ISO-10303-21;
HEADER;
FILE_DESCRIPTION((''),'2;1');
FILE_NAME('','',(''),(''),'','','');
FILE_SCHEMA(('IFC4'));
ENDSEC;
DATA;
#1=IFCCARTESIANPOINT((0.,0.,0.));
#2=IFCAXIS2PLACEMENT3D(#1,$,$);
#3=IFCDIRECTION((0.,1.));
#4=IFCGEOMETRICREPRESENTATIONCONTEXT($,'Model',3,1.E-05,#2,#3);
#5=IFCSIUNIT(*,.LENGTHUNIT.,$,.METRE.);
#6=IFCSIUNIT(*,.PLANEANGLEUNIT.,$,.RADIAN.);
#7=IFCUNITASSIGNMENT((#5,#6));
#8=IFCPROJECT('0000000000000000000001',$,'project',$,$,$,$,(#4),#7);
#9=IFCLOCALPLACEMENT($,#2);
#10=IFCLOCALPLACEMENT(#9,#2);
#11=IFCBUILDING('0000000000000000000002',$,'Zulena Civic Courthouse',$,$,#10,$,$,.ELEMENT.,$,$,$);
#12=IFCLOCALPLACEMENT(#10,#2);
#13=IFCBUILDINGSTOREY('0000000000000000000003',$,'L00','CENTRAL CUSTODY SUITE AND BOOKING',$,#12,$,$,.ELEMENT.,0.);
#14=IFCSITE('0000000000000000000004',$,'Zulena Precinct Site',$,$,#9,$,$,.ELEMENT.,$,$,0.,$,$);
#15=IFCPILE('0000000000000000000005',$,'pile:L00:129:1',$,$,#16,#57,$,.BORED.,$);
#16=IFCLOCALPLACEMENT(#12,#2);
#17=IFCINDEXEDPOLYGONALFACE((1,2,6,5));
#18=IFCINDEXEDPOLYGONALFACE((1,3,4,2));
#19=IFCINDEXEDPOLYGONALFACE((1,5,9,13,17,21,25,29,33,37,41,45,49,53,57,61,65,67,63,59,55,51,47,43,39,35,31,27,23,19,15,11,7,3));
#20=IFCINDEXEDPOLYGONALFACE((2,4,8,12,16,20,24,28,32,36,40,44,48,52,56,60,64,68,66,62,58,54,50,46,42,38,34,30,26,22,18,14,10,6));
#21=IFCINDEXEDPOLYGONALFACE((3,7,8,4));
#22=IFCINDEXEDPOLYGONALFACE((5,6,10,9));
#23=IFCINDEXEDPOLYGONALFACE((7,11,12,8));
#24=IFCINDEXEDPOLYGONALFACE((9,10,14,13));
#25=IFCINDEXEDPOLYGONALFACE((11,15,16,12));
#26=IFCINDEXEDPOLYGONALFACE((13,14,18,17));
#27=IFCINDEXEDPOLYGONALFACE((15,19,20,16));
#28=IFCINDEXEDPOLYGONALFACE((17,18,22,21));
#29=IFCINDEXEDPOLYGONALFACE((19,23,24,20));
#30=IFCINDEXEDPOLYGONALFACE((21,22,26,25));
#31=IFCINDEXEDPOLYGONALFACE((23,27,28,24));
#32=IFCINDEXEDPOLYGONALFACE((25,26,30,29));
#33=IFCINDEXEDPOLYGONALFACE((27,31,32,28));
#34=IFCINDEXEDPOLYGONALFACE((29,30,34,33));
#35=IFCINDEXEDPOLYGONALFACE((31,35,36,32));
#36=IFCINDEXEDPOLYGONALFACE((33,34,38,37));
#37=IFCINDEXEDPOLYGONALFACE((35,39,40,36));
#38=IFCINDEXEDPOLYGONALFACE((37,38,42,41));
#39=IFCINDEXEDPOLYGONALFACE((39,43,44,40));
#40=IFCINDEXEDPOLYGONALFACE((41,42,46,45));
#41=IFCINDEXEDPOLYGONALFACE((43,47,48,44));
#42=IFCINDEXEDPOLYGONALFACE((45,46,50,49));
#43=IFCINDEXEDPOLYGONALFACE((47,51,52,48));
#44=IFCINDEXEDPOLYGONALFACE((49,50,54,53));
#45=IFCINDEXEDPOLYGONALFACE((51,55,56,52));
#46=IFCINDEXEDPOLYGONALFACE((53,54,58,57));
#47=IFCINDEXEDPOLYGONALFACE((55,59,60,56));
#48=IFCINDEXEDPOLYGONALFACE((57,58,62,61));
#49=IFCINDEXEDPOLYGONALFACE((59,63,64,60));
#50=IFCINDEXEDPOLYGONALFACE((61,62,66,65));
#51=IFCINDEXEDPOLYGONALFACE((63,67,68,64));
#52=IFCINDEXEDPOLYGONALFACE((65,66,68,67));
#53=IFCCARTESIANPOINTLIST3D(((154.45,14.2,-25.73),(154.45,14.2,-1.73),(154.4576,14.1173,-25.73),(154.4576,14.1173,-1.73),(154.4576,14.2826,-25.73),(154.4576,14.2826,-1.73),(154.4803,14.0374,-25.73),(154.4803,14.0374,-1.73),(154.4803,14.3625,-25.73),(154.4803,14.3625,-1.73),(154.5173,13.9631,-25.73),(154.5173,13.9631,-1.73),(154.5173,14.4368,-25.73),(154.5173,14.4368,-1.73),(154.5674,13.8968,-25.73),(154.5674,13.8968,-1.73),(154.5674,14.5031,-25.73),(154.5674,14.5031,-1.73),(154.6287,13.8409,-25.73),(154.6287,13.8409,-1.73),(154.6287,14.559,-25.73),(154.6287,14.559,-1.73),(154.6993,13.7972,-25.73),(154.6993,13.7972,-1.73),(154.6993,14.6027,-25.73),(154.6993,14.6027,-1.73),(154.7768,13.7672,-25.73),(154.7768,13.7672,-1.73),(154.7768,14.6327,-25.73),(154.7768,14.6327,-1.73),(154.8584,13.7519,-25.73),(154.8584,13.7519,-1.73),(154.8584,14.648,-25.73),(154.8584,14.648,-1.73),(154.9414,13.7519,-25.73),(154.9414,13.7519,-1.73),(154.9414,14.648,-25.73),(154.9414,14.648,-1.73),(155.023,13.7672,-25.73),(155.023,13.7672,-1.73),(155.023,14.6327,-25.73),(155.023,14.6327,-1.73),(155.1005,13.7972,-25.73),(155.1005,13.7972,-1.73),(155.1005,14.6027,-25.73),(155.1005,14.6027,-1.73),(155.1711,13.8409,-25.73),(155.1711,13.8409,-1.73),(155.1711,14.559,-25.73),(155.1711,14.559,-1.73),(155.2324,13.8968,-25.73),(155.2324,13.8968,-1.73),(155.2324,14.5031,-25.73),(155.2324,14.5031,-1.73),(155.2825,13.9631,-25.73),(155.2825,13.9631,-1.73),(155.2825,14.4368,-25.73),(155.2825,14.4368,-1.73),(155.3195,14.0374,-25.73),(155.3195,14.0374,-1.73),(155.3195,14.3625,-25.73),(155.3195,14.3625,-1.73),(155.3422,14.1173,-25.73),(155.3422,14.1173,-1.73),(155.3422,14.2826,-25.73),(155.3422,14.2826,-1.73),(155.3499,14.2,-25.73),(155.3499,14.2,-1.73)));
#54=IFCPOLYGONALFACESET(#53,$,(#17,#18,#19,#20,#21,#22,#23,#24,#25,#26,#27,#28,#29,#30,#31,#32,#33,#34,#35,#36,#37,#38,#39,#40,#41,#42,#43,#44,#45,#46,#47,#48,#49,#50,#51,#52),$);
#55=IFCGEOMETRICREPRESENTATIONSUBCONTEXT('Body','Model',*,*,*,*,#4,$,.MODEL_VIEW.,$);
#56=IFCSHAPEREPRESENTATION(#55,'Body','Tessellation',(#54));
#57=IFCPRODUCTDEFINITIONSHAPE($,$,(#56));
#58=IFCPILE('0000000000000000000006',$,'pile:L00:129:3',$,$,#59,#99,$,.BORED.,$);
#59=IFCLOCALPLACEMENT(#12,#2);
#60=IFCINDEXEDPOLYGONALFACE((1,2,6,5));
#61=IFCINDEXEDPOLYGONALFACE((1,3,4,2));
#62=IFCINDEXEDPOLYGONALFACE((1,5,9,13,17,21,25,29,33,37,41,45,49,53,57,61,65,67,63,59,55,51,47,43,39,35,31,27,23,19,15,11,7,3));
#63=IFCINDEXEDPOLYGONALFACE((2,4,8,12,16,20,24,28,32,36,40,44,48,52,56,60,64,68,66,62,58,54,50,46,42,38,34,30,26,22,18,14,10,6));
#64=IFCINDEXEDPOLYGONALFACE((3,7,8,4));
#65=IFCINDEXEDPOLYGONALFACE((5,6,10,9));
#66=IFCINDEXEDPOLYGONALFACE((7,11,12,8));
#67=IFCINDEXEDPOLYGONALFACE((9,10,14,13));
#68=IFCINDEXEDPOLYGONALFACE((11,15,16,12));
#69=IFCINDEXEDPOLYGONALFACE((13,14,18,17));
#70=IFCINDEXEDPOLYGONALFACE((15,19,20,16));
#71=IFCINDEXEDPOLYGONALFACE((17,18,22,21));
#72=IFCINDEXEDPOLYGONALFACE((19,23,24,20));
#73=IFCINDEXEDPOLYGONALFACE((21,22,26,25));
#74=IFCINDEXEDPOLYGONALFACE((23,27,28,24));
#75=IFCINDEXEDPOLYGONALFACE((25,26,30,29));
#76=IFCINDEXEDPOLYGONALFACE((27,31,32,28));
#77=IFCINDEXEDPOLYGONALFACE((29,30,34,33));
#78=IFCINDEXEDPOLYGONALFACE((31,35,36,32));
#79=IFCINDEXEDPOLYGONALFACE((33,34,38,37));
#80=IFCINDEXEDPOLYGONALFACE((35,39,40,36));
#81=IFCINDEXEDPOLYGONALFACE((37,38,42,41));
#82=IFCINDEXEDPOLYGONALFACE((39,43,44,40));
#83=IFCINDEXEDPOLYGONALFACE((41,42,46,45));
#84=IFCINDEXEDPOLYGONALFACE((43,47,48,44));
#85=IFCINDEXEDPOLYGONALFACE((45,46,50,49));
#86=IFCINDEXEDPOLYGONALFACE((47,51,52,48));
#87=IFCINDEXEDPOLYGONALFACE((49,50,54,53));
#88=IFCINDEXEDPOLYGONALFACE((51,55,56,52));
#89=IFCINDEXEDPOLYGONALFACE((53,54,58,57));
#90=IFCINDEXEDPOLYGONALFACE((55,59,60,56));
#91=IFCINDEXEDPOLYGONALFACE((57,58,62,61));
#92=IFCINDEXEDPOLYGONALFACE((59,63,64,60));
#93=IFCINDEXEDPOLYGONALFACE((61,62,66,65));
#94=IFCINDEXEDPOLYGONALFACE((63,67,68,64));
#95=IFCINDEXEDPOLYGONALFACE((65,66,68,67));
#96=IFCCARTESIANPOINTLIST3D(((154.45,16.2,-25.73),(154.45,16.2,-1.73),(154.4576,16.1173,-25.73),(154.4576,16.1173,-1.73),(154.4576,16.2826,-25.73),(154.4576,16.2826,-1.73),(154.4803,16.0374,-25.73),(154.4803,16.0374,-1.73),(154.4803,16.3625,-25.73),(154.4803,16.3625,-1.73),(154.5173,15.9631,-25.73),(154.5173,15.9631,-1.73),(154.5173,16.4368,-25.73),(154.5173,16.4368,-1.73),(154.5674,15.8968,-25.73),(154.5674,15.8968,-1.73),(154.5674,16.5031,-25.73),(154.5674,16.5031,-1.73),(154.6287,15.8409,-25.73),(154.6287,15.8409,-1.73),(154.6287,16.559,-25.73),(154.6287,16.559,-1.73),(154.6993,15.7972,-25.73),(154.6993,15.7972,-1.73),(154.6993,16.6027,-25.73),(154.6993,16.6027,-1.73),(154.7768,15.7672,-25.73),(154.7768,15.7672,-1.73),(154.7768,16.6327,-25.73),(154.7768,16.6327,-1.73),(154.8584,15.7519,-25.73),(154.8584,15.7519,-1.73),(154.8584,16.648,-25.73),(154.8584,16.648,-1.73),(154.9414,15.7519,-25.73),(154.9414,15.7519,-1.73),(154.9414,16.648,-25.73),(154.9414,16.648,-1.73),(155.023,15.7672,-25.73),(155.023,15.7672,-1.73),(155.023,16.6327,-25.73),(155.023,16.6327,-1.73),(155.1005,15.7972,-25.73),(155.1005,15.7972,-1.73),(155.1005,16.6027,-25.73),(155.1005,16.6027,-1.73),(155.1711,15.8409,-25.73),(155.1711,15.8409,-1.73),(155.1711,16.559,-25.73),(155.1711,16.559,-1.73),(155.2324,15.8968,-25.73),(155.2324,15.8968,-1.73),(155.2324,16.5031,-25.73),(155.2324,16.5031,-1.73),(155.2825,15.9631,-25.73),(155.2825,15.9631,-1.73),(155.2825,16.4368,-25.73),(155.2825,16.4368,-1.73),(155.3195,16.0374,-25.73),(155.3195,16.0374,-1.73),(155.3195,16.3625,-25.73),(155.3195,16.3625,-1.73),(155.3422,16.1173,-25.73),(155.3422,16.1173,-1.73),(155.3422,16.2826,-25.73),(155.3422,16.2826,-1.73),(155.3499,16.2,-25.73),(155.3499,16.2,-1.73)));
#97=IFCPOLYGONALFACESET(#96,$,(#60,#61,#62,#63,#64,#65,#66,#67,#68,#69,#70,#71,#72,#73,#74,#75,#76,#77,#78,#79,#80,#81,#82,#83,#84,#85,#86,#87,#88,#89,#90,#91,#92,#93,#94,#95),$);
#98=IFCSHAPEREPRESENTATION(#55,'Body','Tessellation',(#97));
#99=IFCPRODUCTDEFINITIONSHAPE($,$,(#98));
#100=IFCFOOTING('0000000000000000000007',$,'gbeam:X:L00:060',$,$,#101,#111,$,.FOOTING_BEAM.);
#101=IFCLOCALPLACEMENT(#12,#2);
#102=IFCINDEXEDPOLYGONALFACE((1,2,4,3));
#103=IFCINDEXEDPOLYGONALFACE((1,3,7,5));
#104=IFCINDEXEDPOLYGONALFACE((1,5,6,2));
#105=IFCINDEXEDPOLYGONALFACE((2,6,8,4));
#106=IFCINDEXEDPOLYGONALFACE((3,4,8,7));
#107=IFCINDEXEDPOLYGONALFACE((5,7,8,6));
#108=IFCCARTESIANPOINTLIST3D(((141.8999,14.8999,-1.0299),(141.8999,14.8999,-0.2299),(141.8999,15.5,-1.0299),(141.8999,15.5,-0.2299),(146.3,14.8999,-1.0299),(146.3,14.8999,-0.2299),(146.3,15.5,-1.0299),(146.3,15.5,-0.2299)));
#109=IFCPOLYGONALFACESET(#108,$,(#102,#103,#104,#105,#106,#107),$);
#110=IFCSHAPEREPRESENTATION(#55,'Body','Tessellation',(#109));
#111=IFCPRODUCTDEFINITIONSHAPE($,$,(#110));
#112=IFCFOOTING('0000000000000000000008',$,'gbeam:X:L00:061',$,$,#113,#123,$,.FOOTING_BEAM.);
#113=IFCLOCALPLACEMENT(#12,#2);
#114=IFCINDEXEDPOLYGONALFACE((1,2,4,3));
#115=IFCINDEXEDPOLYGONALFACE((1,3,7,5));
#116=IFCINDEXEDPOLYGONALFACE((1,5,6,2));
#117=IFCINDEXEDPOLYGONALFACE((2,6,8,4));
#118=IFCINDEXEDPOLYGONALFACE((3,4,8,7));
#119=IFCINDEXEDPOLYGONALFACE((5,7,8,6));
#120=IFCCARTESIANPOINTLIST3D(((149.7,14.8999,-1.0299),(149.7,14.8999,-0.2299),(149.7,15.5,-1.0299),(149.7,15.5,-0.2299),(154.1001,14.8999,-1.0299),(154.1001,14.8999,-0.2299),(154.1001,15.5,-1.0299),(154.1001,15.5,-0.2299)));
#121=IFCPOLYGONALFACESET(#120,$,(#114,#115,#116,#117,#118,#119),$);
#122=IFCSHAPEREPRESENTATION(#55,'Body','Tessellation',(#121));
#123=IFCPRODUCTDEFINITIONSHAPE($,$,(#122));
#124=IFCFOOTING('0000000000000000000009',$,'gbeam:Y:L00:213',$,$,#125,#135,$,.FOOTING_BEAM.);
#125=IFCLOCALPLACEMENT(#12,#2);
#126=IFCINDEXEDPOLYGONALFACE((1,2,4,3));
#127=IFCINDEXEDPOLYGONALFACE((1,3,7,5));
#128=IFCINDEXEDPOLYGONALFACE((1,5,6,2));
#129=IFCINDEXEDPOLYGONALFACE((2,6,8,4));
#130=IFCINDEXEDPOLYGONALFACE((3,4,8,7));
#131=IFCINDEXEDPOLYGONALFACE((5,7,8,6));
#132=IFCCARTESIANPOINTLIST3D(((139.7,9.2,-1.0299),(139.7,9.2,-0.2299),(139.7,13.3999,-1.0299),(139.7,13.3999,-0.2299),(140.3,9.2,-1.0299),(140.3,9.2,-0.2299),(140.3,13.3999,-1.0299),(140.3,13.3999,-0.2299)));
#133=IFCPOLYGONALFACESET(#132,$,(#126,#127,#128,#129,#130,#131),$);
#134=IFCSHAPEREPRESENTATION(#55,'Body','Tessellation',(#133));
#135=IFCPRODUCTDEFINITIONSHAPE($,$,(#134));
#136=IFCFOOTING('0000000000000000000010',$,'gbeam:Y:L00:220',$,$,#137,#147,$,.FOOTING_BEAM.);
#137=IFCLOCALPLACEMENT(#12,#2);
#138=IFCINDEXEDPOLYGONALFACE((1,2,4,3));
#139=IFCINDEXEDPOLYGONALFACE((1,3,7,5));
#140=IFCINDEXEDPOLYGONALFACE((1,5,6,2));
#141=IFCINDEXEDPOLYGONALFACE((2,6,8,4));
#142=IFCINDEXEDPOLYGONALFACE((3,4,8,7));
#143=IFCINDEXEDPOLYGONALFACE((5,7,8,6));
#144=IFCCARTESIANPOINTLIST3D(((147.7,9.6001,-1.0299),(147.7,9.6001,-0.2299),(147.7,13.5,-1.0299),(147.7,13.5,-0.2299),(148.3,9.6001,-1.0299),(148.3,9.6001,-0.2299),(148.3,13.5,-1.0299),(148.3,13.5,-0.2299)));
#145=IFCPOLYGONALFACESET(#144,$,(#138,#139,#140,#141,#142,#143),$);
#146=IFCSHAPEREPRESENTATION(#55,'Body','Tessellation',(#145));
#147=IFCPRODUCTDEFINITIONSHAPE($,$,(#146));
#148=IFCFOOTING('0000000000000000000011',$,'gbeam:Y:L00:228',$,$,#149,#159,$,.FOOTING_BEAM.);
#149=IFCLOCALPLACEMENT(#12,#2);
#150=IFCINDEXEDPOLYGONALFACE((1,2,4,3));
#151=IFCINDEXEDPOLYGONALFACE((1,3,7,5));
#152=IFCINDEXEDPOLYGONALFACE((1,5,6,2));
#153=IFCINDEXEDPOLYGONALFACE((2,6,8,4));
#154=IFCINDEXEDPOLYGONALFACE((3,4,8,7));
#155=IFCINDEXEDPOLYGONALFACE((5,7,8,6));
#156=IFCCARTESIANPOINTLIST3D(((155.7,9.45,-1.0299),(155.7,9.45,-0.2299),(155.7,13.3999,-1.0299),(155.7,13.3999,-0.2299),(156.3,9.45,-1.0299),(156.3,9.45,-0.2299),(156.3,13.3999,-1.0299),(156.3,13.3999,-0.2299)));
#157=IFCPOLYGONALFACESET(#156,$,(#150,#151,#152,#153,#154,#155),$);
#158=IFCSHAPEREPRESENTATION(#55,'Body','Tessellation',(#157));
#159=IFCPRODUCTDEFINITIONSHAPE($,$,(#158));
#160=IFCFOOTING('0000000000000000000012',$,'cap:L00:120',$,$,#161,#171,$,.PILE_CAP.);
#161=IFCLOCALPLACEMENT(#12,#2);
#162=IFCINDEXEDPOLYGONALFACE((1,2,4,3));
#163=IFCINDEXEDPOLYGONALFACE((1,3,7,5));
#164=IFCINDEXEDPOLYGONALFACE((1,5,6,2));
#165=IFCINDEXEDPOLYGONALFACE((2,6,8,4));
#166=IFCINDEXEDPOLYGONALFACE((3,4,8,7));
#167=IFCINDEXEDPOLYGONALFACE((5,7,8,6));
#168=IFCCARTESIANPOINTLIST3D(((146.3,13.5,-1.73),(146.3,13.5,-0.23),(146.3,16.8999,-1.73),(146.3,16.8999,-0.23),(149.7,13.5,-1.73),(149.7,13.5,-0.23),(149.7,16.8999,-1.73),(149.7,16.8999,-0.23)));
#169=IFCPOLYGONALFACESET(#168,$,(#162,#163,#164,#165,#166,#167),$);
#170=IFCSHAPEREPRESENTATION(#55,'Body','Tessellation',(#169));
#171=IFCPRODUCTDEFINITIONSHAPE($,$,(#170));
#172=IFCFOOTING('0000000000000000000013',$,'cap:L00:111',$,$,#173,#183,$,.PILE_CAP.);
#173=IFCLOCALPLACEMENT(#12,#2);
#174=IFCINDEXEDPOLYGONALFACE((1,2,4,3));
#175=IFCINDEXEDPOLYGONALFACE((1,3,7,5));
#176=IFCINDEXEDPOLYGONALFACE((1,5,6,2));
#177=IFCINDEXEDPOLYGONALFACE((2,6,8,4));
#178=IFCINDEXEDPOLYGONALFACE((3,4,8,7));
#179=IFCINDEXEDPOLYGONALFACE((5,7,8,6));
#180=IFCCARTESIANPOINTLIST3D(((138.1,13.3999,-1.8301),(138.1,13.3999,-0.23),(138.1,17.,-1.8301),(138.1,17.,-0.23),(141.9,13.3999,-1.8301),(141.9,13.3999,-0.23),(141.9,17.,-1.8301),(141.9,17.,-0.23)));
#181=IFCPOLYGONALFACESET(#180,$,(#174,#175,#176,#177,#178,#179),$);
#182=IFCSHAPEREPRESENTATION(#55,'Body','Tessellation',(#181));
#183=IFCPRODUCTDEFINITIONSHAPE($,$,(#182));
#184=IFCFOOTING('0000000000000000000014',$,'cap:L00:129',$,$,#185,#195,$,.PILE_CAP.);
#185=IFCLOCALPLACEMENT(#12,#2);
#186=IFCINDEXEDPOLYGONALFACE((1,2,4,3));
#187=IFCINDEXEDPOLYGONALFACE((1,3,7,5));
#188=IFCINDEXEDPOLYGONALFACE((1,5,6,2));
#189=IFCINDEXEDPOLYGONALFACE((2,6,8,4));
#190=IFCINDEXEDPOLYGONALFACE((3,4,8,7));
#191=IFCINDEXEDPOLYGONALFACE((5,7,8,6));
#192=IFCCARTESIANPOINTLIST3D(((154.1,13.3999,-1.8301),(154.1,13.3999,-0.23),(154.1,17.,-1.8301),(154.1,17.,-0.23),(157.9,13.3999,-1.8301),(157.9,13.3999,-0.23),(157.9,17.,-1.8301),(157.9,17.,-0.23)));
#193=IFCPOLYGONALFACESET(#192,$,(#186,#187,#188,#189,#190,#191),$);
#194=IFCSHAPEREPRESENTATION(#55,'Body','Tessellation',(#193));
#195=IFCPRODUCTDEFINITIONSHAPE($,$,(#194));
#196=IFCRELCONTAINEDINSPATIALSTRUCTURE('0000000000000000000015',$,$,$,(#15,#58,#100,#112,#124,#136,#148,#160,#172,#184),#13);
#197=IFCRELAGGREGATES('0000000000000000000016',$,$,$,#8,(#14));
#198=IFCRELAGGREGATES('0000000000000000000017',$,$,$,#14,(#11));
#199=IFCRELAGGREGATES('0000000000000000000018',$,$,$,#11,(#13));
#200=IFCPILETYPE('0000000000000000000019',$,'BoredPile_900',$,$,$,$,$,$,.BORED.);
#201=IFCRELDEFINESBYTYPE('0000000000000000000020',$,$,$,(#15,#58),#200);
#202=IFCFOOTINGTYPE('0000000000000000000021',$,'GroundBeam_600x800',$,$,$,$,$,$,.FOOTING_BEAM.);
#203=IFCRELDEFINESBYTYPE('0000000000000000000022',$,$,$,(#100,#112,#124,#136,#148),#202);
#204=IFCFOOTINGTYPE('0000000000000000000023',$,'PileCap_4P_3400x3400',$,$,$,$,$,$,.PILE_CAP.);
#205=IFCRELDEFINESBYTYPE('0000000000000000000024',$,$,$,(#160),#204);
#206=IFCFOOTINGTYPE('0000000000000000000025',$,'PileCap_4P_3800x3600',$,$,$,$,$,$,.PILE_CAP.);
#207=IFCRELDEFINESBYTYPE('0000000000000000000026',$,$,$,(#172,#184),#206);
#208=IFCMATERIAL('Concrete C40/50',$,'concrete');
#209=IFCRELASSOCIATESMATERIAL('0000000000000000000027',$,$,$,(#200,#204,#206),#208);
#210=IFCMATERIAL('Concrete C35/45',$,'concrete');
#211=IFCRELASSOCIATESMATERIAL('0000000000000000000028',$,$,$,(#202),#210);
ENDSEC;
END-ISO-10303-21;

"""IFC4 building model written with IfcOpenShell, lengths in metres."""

from ifc_helpers import new_model, si_unit, direction, frame, origin, origin_2d, place, context, subcontext, project, spatial, rectangle, circle, extrude, material, material_profile, profile_set, type_object, element, save


model = new_model("IFC4")

# Units and contexts
model_context = context("Model", 3, precision=1e-05, world=origin(), true_north=direction((0.0, 1.0)))
body_context = subcontext(model_context, "Body", "Model", "MODEL_VIEW")
ifc_project = project(units=[si_unit("LENGTHUNIT", "METRE"), si_unit("PLANEANGLEUNIT", "RADIAN")], contexts=[model_context])

# Site, building, storey
site_placement = place(None, origin())
site = spatial("IfcSite", under=ifc_project, at=site_placement, Name="Zulena Precinct Site", CompositionType="ELEMENT", RefElevation=0.0)
building_placement = place(site_placement, origin())
building = spatial("IfcBuilding", under=site, at=building_placement, Name="Zulena Civic Courthouse", CompositionType="ELEMENT")
storey_placement = place(building_placement, origin())
storey = spatial("IfcBuildingStorey", under=building, at=storey_placement, Name="L00", Description="CENTRAL CUSTODY SUITE AND BOOKING", CompositionType="ELEMENT", Elevation=0.0)

# Piles
ifc_material_1 = material(Name="Concrete C40/50", Category="concrete")
ifc_material_profile_1 = material_profile(ifc_material_1, circle(Radius=0.45, at=origin_2d()), Name="PILE900")
ifc_profile_set_1 = profile_set([ifc_material_profile_1], Name="Concrete C40/50")
pile_type_1 = type_object("IfcPileType", Name="BoredPile_900", PredefinedType="BORED", material=ifc_profile_set_1)
for number, where, z_axis, x_axis, name in (
    (1, (154.8999, 14.2, -1.73), (0.0, 0.0, -1.0), (1.0, 0.0, 0.0), "pile:L00:129:1"),
    (2, (154.8999, 16.2, -1.73), (0.0, 0.0, -1.0), (1.0, 0.0, 0.0), "pile:L00:129:3"),
):
    element("IfcPile", number, at=place(storey_placement, frame(where, z_axis=z_axis, x_axis=x_axis)), inside=storey, type_object=pile_type_1, Name=name, PredefinedType="BORED", context=body_context, shape_type="SweptSolid", body=[
        extrude(circle(Radius=0.45, at=origin_2d()), origin(), (0.0, 0.0, 1.0), 24.0),
    ])

# Footings
ifc_material_2 = material(Name="Concrete C35/45", Category="concrete")
ifc_material_profile_2 = material_profile(ifc_material_2, rectangle(XDim=0.6001, YDim=0.8, at=origin_2d()), Name="RC600X800")
ifc_profile_set_2 = profile_set([ifc_material_profile_2], Name="Concrete C35/45")
footing_type_1 = type_object("IfcFootingType", Name="GroundBeam_600x800", PredefinedType="FOOTING_BEAM", material=ifc_profile_set_2)
for number, where, z_axis, x_axis, name in (
    (3, (141.8999, 15.2, -0.6299), (1.0, 0.0, 0.0), (0.0, 1.0, 0.0), "gbeam:X:L00:060"),
    (4, (149.7, 15.2, -0.6299), (1.0, 0.0, 0.0), (0.0, 1.0, 0.0), "gbeam:X:L00:061"),
):
    element("IfcFooting", number, at=place(storey_placement, frame(where, z_axis=z_axis, x_axis=x_axis)), inside=storey, type_object=footing_type_1, Name=name, PredefinedType="FOOTING_BEAM", context=body_context, shape_type="SweptSolid", body=[
        extrude(rectangle(XDim=0.6001, YDim=0.8, at=origin_2d()), origin(), (0.0, 0.0, 1.0), 4.4001),
    ])
footing_1_placement = place(storey_placement, frame((140.0, 9.2, -0.6299), z_axis=(0.0, 1.0, 0.0), x_axis=(-1.0, 0.0, 0.0)))
element("IfcFooting", 5, at=footing_1_placement, inside=storey, type_object=footing_type_1, Name="gbeam:Y:L00:213", PredefinedType="FOOTING_BEAM", context=body_context, shape_type="SweptSolid", body=[
    extrude(rectangle(XDim=0.6001, YDim=0.8, at=origin_2d()), origin(), (0.0, 0.0, 1.0), 4.2),
])
footing_2_placement = place(storey_placement, frame((148.0, 9.6001, -0.6299), z_axis=(0.0, 1.0, 0.0), x_axis=(-1.0, 0.0, 0.0)))
element("IfcFooting", 6, at=footing_2_placement, inside=storey, type_object=footing_type_1, Name="gbeam:Y:L00:220", PredefinedType="FOOTING_BEAM", context=body_context, shape_type="SweptSolid", body=[
    extrude(rectangle(XDim=0.6001, YDim=0.8, at=origin_2d()), origin(), (0.0, 0.0, 1.0), 3.8999),
])
footing_3_placement = place(storey_placement, frame((156.0, 9.45, -0.6299), z_axis=(0.0, 1.0, 0.0), x_axis=(-1.0, 0.0, 0.0)))
element("IfcFooting", 7, at=footing_3_placement, inside=storey, type_object=footing_type_1, Name="gbeam:Y:L00:228", PredefinedType="FOOTING_BEAM", context=body_context, shape_type="SweptSolid", body=[
    extrude(rectangle(XDim=0.6001, YDim=0.8, at=origin_2d()), origin(), (0.0, 0.0, 1.0), 3.95),
])
footing_type_2 = type_object("IfcFootingType", Name="PileCap_4P_3400x3400", PredefinedType="PILE_CAP", material=ifc_material_1)
footing_4_placement = place(storey_placement, frame((148.0, 15.2, -1.73), z_axis=(0.0, 0.0, 1.0), x_axis=(1.0, 0.0, 0.0)))
element("IfcFooting", 8, at=footing_4_placement, inside=storey, type_object=footing_type_2, Name="cap:L00:120", PredefinedType="PILE_CAP", context=body_context, shape_type="SweptSolid", body=[
    extrude(rectangle(XDim=3.3999, YDim=3.3999, at=origin_2d()), origin(), (0.0, 0.0, 1.0), 1.5),
])
footing_type_3 = type_object("IfcFootingType", Name="PileCap_4P_3800x3600", PredefinedType="PILE_CAP", material=ifc_material_1)
for number, where, z_axis, x_axis, name in (
    (9, (140.0, 15.2, -1.8301), (0.0, 0.0, 1.0), (1.0, 0.0, 0.0), "cap:L00:111"),
    (10, (156.0, 15.2, -1.8301), (0.0, 0.0, 1.0), (1.0, 0.0, 0.0), "cap:L00:129"),
):
    element("IfcFooting", number, at=place(storey_placement, frame(where, z_axis=z_axis, x_axis=x_axis)), inside=storey, type_object=footing_type_3, Name=name, PredefinedType="PILE_CAP", context=body_context, shape_type="SweptSolid", body=[
        extrude(rectangle(XDim=3.8, YDim=3.6001, at=origin_2d()), origin(), (0.0, 0.0, 1.0), 1.6001),
    ])

save(model, "model.ifc")
